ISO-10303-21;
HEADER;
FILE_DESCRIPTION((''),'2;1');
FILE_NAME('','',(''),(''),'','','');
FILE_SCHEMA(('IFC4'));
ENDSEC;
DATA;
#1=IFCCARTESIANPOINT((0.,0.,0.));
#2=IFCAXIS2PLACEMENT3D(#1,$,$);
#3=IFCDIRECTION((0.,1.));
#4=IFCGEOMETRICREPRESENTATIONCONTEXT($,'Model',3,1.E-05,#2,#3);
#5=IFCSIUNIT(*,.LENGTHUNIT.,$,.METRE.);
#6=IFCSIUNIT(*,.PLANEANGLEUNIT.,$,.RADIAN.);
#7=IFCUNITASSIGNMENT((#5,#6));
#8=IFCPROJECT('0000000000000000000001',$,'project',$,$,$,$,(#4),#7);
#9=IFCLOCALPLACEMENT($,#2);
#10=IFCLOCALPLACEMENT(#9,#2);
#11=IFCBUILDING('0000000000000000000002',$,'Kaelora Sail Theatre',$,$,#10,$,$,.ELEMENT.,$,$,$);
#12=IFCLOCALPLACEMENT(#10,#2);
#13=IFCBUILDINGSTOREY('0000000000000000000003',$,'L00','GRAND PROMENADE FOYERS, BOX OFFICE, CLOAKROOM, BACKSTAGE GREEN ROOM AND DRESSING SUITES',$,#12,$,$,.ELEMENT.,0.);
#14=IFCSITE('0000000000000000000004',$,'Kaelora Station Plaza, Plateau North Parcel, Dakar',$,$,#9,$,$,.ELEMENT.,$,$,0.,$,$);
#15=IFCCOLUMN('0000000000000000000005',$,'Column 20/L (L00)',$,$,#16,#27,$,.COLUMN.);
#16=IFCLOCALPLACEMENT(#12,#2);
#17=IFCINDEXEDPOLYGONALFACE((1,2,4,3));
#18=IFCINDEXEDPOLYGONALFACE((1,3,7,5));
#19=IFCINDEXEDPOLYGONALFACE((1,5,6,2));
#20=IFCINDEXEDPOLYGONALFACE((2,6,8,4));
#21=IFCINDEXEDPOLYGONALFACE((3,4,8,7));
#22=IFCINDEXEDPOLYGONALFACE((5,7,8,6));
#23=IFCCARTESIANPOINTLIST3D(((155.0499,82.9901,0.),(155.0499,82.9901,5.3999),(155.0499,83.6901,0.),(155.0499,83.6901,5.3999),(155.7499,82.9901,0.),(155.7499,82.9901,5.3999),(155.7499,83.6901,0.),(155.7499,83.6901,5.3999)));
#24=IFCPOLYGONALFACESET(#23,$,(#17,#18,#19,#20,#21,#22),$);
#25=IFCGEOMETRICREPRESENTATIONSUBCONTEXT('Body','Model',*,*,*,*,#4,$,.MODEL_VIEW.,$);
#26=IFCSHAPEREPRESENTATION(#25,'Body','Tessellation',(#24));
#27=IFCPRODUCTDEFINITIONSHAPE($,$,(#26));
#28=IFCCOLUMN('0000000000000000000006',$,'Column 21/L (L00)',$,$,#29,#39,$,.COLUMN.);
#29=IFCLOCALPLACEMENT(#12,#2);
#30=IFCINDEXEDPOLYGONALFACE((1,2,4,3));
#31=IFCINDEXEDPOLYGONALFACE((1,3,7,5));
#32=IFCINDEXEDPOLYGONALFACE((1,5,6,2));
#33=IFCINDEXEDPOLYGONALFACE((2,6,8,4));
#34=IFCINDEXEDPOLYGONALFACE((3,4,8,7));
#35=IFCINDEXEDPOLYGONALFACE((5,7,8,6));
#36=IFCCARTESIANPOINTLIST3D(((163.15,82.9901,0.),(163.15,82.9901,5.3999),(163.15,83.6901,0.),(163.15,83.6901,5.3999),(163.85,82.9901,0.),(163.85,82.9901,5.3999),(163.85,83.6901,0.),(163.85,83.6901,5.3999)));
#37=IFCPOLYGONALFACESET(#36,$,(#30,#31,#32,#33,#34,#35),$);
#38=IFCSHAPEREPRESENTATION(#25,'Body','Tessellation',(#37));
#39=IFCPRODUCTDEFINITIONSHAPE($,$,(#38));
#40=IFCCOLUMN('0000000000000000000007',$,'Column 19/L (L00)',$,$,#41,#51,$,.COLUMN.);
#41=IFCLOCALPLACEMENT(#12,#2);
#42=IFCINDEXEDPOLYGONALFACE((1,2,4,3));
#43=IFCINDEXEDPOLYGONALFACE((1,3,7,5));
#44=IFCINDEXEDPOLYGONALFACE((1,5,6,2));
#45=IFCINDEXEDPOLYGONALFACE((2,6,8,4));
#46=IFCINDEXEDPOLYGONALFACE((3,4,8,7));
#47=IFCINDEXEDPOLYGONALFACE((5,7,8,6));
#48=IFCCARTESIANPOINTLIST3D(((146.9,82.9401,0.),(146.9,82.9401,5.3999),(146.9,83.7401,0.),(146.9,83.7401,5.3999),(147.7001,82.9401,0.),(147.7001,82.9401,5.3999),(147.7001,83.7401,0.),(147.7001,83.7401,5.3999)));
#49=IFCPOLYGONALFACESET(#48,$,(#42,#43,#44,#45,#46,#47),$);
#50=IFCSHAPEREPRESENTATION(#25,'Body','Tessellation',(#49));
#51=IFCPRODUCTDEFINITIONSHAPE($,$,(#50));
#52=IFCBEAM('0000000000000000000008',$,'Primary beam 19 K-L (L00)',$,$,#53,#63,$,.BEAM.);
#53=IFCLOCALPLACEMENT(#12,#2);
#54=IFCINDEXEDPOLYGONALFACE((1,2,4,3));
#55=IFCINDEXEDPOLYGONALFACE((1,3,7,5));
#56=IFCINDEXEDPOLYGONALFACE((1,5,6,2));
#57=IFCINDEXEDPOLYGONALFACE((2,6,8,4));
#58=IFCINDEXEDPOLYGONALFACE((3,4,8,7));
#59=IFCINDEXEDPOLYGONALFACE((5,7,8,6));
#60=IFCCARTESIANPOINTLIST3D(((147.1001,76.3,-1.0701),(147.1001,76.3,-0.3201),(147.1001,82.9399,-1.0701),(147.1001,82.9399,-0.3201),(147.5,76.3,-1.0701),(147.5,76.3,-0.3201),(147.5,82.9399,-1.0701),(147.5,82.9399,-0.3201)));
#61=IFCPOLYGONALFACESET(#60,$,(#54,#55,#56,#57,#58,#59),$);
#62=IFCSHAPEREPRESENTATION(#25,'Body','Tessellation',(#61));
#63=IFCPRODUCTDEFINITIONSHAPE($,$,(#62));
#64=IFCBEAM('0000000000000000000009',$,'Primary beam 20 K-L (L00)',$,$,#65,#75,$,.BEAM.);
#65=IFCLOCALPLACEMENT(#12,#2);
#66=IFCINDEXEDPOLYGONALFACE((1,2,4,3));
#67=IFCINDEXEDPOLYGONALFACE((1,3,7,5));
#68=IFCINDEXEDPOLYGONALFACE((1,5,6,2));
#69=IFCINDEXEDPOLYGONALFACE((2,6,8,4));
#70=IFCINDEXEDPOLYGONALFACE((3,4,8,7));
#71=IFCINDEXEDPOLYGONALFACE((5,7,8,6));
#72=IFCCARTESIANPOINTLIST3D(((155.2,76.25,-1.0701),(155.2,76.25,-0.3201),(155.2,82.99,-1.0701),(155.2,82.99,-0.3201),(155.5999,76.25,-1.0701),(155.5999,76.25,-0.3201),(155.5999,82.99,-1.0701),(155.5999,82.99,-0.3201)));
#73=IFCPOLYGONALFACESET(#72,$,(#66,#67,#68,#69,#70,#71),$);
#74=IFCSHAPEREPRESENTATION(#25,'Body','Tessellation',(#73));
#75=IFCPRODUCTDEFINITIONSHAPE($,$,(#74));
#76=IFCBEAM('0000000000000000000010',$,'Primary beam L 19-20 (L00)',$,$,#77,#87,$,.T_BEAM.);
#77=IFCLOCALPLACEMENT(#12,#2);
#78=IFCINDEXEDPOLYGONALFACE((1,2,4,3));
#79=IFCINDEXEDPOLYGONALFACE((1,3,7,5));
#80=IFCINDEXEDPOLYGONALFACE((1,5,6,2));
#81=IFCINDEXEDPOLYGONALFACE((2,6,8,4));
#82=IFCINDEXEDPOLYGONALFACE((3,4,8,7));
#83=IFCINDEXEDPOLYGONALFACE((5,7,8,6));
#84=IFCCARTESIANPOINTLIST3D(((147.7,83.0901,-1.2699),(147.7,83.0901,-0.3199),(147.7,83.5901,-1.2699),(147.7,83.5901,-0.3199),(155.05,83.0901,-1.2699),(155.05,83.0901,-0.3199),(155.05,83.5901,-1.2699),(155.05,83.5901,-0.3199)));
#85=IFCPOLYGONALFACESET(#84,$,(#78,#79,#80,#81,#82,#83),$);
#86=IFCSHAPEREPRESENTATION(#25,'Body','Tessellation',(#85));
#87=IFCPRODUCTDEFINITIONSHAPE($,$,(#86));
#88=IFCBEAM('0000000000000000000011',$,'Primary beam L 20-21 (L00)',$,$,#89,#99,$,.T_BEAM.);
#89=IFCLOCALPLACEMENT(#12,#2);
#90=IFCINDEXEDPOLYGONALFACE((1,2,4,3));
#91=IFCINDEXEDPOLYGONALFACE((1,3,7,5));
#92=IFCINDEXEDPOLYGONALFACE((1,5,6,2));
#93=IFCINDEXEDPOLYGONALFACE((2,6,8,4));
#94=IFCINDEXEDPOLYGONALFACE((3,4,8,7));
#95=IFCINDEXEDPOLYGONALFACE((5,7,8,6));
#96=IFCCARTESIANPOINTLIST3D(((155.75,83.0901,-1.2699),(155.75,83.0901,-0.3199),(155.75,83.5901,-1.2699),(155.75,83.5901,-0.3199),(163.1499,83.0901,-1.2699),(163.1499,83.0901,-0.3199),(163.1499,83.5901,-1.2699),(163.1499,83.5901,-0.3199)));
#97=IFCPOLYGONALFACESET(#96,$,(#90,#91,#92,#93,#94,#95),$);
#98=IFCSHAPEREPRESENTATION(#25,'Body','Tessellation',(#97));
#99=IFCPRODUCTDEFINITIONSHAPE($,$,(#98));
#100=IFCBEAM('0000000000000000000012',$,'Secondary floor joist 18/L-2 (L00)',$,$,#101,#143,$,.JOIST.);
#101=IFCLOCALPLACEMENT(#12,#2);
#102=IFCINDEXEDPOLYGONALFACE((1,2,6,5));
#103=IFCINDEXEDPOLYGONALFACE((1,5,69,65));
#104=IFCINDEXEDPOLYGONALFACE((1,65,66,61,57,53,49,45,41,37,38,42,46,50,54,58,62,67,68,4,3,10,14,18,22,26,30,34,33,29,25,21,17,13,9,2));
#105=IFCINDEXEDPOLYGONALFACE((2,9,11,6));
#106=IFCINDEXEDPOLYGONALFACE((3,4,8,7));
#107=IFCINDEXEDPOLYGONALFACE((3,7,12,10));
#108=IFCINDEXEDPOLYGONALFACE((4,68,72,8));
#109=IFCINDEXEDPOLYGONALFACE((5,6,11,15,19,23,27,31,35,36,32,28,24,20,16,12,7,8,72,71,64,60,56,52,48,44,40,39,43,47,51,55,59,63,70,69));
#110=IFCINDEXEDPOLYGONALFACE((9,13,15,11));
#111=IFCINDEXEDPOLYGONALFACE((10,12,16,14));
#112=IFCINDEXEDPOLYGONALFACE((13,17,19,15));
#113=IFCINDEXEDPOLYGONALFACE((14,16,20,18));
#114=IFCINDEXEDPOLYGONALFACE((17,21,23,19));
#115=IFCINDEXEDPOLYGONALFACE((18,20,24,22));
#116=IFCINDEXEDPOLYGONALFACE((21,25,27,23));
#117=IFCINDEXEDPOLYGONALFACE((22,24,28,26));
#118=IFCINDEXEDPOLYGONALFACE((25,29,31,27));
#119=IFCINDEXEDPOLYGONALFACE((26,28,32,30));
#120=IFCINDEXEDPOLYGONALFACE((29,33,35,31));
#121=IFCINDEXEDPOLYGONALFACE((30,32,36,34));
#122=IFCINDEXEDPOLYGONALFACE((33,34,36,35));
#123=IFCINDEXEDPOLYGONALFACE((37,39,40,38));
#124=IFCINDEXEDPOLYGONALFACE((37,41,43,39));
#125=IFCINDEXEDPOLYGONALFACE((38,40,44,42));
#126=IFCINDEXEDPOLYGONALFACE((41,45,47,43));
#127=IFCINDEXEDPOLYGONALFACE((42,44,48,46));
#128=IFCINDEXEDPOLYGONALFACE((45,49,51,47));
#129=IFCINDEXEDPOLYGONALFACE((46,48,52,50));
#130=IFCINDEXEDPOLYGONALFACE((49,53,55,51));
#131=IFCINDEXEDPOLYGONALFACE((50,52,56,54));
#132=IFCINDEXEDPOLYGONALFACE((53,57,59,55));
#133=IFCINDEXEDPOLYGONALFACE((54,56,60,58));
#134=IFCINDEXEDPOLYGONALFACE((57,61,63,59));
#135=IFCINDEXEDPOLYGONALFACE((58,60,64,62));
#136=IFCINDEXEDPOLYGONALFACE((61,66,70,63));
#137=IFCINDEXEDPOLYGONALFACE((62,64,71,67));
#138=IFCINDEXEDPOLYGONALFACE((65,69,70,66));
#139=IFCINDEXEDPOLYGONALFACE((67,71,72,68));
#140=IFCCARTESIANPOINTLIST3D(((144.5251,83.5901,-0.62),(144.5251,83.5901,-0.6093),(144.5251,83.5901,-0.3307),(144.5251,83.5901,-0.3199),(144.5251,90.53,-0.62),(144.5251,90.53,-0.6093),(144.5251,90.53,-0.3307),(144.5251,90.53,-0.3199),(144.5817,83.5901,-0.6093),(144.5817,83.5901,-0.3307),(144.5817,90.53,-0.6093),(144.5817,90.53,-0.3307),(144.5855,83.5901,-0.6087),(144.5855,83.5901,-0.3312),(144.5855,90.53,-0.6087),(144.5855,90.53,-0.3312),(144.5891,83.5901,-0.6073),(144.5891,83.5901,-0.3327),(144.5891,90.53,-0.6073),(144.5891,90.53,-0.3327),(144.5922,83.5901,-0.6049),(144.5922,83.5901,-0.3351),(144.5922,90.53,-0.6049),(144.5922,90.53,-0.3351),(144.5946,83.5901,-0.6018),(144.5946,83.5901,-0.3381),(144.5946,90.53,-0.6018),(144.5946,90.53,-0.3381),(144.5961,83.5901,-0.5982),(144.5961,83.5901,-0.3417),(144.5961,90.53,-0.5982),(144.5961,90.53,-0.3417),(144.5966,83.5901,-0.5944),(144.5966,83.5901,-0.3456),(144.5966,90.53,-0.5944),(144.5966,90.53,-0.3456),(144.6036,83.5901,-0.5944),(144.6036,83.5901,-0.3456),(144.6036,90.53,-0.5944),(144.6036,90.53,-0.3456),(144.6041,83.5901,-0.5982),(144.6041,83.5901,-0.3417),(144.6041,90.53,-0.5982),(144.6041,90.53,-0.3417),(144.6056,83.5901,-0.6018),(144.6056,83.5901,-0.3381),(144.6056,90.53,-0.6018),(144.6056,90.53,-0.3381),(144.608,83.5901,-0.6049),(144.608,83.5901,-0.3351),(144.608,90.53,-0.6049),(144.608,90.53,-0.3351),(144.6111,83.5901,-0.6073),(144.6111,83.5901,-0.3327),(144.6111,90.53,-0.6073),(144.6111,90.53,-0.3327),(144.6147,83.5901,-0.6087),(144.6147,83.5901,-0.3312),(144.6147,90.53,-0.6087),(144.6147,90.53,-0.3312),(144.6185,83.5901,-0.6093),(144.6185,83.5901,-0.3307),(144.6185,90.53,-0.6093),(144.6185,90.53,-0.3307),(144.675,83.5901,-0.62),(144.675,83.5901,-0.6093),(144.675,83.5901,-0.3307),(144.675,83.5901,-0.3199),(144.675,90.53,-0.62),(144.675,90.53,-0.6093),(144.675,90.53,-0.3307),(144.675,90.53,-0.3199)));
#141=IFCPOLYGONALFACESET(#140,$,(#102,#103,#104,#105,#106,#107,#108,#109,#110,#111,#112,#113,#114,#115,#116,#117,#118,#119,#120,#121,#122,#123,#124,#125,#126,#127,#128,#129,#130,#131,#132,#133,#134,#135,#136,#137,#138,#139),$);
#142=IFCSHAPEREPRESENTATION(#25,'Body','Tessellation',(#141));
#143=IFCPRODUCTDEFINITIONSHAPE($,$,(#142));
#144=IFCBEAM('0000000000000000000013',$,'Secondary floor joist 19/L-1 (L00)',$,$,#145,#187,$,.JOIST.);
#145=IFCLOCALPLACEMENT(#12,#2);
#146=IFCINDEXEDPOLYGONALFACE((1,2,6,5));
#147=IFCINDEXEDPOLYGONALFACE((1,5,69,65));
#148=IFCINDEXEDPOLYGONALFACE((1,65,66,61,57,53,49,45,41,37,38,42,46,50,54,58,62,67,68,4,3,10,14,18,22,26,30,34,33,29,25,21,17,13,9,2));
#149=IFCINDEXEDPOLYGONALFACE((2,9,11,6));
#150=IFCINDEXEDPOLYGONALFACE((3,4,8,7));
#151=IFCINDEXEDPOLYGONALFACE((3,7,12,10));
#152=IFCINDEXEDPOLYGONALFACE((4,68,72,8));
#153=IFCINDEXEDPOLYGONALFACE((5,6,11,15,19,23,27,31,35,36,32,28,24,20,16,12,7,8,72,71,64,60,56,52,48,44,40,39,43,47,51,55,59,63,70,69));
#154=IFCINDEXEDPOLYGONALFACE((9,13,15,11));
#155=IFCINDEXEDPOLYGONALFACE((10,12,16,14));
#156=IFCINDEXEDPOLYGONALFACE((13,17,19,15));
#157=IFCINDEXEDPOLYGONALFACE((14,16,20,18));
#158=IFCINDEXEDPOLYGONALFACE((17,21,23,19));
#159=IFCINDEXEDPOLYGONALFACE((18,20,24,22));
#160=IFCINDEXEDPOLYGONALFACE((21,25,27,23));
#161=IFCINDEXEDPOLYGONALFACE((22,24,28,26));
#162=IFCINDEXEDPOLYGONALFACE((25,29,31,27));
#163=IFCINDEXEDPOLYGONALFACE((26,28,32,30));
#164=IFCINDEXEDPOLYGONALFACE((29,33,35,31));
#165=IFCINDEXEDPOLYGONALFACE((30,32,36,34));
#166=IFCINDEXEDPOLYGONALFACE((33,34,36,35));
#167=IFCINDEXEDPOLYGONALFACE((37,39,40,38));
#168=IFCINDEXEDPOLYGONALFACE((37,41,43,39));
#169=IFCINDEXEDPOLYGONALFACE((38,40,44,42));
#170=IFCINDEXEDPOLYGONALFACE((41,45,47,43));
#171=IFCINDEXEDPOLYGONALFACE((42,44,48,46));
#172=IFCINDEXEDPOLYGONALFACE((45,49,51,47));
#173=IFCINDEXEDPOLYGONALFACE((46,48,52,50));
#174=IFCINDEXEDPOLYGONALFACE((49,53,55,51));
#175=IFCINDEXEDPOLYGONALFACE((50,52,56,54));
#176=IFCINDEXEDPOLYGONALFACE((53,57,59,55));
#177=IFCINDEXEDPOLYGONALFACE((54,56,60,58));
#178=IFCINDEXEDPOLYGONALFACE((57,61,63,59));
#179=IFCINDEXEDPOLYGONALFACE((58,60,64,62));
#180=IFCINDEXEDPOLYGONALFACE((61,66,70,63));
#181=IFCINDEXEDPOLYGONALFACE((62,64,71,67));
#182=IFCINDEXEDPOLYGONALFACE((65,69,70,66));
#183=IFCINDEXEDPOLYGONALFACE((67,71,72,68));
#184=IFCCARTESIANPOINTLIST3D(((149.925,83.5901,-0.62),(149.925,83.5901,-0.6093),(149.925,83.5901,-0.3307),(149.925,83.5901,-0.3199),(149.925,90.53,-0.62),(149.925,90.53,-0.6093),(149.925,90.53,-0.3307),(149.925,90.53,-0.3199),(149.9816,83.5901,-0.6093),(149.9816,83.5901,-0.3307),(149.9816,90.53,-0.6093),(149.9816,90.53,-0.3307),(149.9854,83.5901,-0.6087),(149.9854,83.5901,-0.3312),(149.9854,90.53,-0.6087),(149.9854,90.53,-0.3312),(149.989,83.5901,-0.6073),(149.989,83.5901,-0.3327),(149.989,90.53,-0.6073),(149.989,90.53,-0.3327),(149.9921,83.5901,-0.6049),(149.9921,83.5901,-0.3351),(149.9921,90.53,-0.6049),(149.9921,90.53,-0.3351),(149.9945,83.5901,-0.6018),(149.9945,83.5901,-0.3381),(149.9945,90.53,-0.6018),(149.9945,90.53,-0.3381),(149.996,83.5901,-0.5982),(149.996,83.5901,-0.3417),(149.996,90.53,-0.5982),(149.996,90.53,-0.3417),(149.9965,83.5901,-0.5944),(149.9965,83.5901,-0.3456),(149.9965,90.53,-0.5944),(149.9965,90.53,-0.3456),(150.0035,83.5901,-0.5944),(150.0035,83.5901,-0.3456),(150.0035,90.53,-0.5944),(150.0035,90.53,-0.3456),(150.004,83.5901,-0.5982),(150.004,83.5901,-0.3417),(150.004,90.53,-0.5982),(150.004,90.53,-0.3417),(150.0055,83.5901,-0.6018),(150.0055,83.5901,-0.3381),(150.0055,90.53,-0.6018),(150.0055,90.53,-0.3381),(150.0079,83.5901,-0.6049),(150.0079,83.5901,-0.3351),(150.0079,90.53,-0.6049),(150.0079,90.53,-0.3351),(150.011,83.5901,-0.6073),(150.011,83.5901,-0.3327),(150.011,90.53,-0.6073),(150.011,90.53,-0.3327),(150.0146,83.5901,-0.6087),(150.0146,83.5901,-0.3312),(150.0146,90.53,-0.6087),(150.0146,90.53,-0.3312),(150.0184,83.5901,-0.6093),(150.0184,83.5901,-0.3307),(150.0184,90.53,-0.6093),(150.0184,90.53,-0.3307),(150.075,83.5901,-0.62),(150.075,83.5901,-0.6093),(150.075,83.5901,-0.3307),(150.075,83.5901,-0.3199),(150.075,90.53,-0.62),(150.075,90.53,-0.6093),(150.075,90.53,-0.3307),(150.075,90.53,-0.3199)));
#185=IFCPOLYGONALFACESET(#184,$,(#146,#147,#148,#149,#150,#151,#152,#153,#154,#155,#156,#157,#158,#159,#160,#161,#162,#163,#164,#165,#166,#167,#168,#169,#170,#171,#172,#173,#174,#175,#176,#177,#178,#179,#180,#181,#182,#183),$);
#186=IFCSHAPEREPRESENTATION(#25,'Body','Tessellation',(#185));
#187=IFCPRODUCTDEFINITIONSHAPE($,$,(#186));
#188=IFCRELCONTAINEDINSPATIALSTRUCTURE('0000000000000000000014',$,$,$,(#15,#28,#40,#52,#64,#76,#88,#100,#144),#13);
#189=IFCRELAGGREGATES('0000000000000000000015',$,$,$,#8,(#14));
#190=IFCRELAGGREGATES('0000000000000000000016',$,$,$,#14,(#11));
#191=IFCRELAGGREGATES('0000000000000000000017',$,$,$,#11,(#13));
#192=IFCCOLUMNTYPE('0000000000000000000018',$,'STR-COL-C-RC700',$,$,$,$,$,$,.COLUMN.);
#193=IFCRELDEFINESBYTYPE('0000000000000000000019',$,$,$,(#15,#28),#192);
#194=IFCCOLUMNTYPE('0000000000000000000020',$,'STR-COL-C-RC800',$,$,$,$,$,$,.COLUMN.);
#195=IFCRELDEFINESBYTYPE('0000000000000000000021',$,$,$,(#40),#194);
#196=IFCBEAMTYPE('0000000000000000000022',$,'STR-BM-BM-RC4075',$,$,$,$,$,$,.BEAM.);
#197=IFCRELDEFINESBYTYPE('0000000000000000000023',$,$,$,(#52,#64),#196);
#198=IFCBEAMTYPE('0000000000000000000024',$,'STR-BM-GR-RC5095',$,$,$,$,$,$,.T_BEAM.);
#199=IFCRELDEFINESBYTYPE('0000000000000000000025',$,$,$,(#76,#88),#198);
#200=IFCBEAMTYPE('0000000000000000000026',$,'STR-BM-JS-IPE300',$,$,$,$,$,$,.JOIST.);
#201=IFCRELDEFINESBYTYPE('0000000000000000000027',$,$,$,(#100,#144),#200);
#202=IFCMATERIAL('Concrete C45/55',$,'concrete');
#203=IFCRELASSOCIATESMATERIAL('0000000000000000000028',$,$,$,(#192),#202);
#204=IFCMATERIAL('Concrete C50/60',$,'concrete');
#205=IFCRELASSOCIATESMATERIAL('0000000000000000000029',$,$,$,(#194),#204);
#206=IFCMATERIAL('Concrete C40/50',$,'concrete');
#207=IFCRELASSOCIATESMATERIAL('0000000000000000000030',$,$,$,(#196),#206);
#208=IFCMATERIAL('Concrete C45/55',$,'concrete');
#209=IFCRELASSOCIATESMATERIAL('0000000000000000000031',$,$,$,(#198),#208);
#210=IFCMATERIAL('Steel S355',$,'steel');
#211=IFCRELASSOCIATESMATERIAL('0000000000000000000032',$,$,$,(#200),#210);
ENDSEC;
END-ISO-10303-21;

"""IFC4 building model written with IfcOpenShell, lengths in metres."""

from ifc_helpers import new_model, si_unit, direction, frame, origin, origin_2d, place, context, subcontext, project, spatial, rectangle, i_section, extrude, material, material_profile, profile_set, type_object, element, save


model = new_model("IFC4")

# Units and contexts
model_context = context("Model", 3, precision=1e-05, world=origin(), true_north=direction((0.0, 1.0)))
body_context = subcontext(model_context, "Body", "Model", "MODEL_VIEW")
ifc_project = project(units=[si_unit("LENGTHUNIT", "METRE"), si_unit("PLANEANGLEUNIT", "RADIAN")], contexts=[model_context])

# Site, building, storey
site_placement = place(None, origin())
site = spatial("IfcSite", under=ifc_project, at=site_placement, Name="Kaelora Station Plaza, Plateau North Parcel, Dakar", CompositionType="ELEMENT", RefElevation=0.0)
building_placement = place(site_placement, origin())
building = spatial("IfcBuilding", under=site, at=building_placement, Name="Kaelora Sail Theatre", CompositionType="ELEMENT")
storey_placement = place(building_placement, origin())
storey = spatial("IfcBuildingStorey", under=building, at=storey_placement, Name="L00", Description="GRAND PROMENADE FOYERS, BOX OFFICE, CLOAKROOM, BACKSTAGE GREEN ROOM AND DRESSING SUITES", CompositionType="ELEMENT", Elevation=0.0)

# Columns
ifc_material_1 = material(Name="Concrete C45/55", Category="concrete")
ifc_material_profile_1 = material_profile(ifc_material_1, rectangle(XDim=0.7, YDim=0.7, at=origin_2d()), Name="RC-COL 700x700")
ifc_profile_set_1 = profile_set([ifc_material_profile_1], Name="Concrete C45/55")
column_type_1 = type_object("IfcColumnType", Name="STR-COL-C-RC700", PredefinedType="COLUMN", material=ifc_profile_set_1)
for number, where, z_axis, x_axis, name in (
    (1, (155.3999, 83.3401, 0.0), (0.0, 0.0, 1.0), (1.0, 0.0, 0.0), "Column 20/L (L00)"),
    (2, (163.5, 83.3401, 0.0), (0.0, 0.0, 1.0), (1.0, 0.0, 0.0), "Column 21/L (L00)"),
):
    element("IfcColumn", number, at=place(storey_placement, frame(where, z_axis=z_axis, x_axis=x_axis)), inside=storey, type_object=column_type_1, Name=name, PredefinedType="COLUMN", context=body_context, shape_type="SweptSolid", body=[
        extrude(rectangle(XDim=0.7, YDim=0.7, at=origin_2d()), origin(), (0.0, 0.0, 1.0), 5.3999),
    ])
ifc_material_2 = material(Name="Concrete C50/60", Category="concrete")
ifc_material_profile_2 = material_profile(ifc_material_2, rectangle(XDim=0.8, YDim=0.8, at=origin_2d()), Name="RC-COL 800x800")
ifc_profile_set_2 = profile_set([ifc_material_profile_2], Name="Concrete C50/60")
column_type_2 = type_object("IfcColumnType", Name="STR-COL-C-RC800", PredefinedType="COLUMN", material=ifc_profile_set_2)
column_placement = place(storey_placement, frame((147.3, 83.3401, 0.0), z_axis=(0.0, 0.0, 1.0), x_axis=(1.0, 0.0, 0.0)))
element("IfcColumn", 3, at=column_placement, inside=storey, type_object=column_type_2, Name="Column 19/L (L00)", PredefinedType="COLUMN", context=body_context, shape_type="SweptSolid", body=[
    extrude(rectangle(XDim=0.8, YDim=0.8, at=origin_2d()), origin(), (0.0, 0.0, 1.0), 5.3999),
])

# Beams
ifc_material_3 = material(Name="Concrete C40/50", Category="concrete")
ifc_material_profile_3 = material_profile(ifc_material_3, rectangle(XDim=0.3999, YDim=0.75, at=origin_2d()), Name="RC-BM 400x750")
ifc_profile_set_3 = profile_set([ifc_material_profile_3], Name="Concrete C40/50")
beam_type_1 = type_object("IfcBeamType", Name="STR-BM-BM-RC4075", PredefinedType="BEAM", material=ifc_profile_set_3)
beam_1_placement = place(storey_placement, frame((147.3, 76.3, -0.6951), z_axis=(0.0, 1.0, 0.0), x_axis=(-1.0, 0.0, 0.0)))
element("IfcBeam", 4, at=beam_1_placement, inside=storey, type_object=beam_type_1, Name="Primary beam 19 K-L (L00)", PredefinedType="BEAM", context=body_context, shape_type="SweptSolid", body=[
    extrude(rectangle(XDim=0.3999, YDim=0.75, at=origin_2d()), origin(), (0.0, 0.0, 1.0), 6.6399),
])
beam_2_placement = place(storey_placement, frame((155.3999, 76.25, -0.6951), z_axis=(0.0, 1.0, 0.0), x_axis=(-1.0, 0.0, 0.0)))
element("IfcBeam", 5, at=beam_2_placement, inside=storey, type_object=beam_type_1, Name="Primary beam 20 K-L (L00)", PredefinedType="BEAM", context=body_context, shape_type="SweptSolid", body=[
    extrude(rectangle(XDim=0.3999, YDim=0.75, at=origin_2d()), origin(), (0.0, 0.0, 1.0), 6.74),
])
ifc_material_4 = material(Name="Concrete C45/55", Category="concrete")
ifc_material_profile_4 = material_profile(ifc_material_4, rectangle(XDim=0.5, YDim=0.95, at=origin_2d()), Name="RC-GRD 500x950")
ifc_profile_set_4 = profile_set([ifc_material_profile_4], Name="Concrete C45/55")
beam_type_2 = type_object("IfcBeamType", Name="STR-BM-GR-RC5095", PredefinedType="T_BEAM", material=ifc_profile_set_4)
beam_3_placement = place(storey_placement, frame((147.7, 83.3401, -0.7949), z_axis=(1.0, 0.0, 0.0), x_axis=(0.0, 1.0, 0.0)))
element("IfcBeam", 6, at=beam_3_placement, inside=storey, type_object=beam_type_2, Name="Primary beam L 19-20 (L00)", PredefinedType="T_BEAM", context=body_context, shape_type="SweptSolid", body=[
    extrude(rectangle(XDim=0.5, YDim=0.95, at=origin_2d()), origin(), (0.0, 0.0, 1.0), 7.3501),
])
beam_4_placement = place(storey_placement, frame((155.75, 83.3401, -0.7949), z_axis=(1.0, 0.0, 0.0), x_axis=(0.0, 1.0, 0.0)))
element("IfcBeam", 7, at=beam_4_placement, inside=storey, type_object=beam_type_2, Name="Primary beam L 20-21 (L00)", PredefinedType="T_BEAM", context=body_context, shape_type="SweptSolid", body=[
    extrude(rectangle(XDim=0.5, YDim=0.95, at=origin_2d()), origin(), (0.0, 0.0, 1.0), 7.3999),
])
ifc_material_5 = material(Name="Steel S355", Category="steel")
ifc_material_profile_5 = material_profile(ifc_material_5, i_section(OverallWidth=0.1499, OverallDepth=0.3, WebThickness=0.0071, FlangeThickness=0.0107, FilletRadius=0.0149, at=origin_2d()), Name="IPE 300")
ifc_profile_set_5 = profile_set([ifc_material_profile_5], Name="Steel S355")
beam_type_3 = type_object("IfcBeamType", Name="STR-BM-JS-IPE300", PredefinedType="JOIST", material=ifc_profile_set_5)
for number, where, z_axis, x_axis, name in (
    (8, (144.6001, 83.5901, -0.47), (0.0, 1.0, 0.0), (-1.0, 0.0, 0.0), "Secondary floor joist 18/L-2 (L00)"),
    (9, (150.0, 83.5901, -0.47), (0.0, 1.0, 0.0), (-1.0, 0.0, 0.0), "Secondary floor joist 19/L-1 (L00)"),
):
    element("IfcBeam", number, at=place(storey_placement, frame(where, z_axis=z_axis, x_axis=x_axis)), inside=storey, type_object=beam_type_3, Name=name, PredefinedType="JOIST", context=body_context, shape_type="SweptSolid", body=[
        extrude(i_section(OverallWidth=0.1499, OverallDepth=0.3, WebThickness=0.0071, FlangeThickness=0.0107, FilletRadius=0.0149, at=origin_2d()), origin(), (0.0, 0.0, 1.0), 6.9399),
    ])

save(model, "model.ifc")
